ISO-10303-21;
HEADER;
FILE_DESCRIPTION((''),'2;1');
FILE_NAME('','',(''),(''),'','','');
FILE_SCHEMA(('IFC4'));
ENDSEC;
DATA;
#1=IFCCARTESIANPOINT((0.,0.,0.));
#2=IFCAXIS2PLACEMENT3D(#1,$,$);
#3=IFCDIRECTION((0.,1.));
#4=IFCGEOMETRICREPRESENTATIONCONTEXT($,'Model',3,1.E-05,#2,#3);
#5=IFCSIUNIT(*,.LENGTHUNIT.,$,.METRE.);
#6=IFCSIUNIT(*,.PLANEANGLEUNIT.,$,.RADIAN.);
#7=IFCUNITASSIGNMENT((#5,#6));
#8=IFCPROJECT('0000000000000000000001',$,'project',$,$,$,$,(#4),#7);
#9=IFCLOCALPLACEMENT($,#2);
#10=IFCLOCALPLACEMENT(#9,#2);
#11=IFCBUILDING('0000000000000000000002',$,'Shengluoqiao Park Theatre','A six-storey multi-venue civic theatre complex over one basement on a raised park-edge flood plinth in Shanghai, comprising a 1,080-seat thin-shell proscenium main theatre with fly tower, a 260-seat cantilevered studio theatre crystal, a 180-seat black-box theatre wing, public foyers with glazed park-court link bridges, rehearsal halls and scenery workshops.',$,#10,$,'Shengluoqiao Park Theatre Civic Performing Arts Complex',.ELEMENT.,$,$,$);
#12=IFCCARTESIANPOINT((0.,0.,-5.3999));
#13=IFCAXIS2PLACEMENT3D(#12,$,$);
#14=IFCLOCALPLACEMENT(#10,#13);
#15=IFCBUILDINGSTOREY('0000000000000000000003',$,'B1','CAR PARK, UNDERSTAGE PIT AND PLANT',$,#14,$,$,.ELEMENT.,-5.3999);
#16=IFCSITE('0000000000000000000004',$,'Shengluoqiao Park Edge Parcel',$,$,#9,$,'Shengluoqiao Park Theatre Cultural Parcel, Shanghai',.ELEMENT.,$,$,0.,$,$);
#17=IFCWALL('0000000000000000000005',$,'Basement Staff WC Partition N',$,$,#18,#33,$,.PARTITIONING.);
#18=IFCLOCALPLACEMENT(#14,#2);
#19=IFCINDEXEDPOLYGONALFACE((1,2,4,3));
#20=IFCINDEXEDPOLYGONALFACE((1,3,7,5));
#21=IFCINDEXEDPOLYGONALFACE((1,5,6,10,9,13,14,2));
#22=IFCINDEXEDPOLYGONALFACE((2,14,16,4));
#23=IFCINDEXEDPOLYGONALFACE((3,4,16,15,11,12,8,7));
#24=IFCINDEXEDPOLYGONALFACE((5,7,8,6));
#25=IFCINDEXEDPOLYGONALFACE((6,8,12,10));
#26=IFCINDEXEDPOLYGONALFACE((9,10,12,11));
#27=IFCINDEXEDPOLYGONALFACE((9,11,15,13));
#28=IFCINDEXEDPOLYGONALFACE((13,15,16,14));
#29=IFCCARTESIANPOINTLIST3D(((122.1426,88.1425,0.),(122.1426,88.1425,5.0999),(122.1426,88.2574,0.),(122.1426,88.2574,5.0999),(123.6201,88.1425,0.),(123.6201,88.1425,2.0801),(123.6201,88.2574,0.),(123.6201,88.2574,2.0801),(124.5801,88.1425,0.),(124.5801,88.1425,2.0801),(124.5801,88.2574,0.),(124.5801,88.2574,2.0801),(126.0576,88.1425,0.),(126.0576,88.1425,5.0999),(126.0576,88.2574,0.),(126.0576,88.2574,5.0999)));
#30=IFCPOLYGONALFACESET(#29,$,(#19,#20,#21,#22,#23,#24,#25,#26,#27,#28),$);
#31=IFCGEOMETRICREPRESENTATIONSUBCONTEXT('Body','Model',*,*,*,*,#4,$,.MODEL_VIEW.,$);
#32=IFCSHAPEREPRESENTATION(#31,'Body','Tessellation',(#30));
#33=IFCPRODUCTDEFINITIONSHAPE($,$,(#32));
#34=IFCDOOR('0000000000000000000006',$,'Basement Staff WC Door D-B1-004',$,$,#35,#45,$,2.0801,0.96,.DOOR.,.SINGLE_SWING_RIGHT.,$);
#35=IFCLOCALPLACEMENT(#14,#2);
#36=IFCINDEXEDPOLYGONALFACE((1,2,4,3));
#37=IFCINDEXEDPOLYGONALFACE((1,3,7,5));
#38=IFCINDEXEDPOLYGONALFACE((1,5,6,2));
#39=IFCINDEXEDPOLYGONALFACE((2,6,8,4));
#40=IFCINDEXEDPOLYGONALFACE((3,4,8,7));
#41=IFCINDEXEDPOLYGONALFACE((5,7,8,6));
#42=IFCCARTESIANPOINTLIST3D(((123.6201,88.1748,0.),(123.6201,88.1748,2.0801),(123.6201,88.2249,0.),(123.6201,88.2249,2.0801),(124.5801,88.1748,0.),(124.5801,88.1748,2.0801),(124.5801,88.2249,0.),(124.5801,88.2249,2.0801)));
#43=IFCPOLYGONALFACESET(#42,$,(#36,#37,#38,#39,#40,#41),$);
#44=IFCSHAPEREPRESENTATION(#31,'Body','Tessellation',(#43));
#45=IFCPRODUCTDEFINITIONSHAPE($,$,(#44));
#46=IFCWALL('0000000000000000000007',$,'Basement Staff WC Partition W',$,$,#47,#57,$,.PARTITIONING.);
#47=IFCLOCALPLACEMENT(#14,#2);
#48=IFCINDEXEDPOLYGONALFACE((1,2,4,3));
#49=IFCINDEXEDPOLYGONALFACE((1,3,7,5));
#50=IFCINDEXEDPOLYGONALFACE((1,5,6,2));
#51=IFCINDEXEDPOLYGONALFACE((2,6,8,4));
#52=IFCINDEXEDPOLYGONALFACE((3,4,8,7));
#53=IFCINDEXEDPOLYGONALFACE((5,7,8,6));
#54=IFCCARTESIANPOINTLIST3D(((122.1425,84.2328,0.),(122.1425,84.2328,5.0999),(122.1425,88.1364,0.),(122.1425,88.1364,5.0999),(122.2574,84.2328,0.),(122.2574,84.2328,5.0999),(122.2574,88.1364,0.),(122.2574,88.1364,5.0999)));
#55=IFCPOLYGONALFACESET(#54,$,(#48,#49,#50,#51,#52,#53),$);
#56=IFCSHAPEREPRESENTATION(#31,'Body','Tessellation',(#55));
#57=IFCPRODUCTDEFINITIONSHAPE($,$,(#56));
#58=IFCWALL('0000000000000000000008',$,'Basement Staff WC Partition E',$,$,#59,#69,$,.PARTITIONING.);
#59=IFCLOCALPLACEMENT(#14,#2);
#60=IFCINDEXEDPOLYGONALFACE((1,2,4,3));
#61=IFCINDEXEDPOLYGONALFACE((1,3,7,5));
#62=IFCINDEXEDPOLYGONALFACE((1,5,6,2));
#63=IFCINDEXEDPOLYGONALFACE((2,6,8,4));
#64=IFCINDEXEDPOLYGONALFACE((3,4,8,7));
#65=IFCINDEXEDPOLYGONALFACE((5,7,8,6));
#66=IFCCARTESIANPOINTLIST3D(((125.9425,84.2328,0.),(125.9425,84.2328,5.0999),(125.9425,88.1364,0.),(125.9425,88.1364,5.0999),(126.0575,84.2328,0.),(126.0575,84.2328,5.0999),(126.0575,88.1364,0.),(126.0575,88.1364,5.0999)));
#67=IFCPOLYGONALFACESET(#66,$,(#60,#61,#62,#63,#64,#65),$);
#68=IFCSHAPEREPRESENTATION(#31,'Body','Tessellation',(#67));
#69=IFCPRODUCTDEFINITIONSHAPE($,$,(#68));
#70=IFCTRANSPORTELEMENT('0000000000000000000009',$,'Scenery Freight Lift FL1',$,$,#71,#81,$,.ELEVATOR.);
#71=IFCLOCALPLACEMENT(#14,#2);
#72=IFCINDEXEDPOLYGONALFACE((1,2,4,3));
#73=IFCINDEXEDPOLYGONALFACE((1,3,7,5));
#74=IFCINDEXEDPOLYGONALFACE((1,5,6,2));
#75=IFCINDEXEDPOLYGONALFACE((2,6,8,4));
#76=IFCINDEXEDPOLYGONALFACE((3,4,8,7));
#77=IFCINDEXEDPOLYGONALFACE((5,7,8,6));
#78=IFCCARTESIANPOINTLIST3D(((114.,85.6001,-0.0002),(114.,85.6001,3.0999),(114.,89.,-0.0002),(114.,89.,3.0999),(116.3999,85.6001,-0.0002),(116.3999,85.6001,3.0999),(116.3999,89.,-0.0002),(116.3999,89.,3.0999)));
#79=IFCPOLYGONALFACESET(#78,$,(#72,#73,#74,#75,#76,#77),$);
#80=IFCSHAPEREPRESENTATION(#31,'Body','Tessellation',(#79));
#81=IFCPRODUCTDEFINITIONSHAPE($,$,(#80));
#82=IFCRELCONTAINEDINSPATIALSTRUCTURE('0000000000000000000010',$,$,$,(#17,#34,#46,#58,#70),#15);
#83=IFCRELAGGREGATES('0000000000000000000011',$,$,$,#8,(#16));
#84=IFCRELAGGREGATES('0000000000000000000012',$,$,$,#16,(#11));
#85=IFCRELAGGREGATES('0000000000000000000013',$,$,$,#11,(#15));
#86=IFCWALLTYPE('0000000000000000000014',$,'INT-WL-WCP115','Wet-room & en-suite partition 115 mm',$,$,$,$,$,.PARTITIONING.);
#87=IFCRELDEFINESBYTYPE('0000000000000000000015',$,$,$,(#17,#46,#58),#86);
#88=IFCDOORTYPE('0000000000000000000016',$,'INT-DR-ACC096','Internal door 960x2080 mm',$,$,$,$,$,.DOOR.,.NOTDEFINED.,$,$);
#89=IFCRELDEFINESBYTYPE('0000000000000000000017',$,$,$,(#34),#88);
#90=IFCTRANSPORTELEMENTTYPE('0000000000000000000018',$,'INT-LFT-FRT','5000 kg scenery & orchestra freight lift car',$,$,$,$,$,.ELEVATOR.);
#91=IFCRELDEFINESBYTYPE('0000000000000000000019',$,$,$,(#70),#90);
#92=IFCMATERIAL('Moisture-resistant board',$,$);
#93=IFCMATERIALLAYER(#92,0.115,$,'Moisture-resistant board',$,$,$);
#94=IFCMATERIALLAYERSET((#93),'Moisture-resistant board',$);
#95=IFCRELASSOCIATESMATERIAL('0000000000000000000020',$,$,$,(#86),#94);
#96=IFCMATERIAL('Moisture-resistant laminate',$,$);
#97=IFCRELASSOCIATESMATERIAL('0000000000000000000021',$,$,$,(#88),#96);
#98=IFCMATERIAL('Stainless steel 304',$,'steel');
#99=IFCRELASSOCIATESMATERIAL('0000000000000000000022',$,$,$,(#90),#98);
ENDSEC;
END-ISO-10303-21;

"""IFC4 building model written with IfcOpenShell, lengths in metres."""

from ifc_helpers import new_model, si_unit, direction, frame, frame_2d, origin, origin_2d, place, context, subcontext, project, spatial, rectangle, extrude, material, layer, layer_set, type_object, element, fill, save


model = new_model("IFC4")

# Units and contexts
model_context = context("Model", 3, precision=1e-05, world=origin(), true_north=direction((0.0, 1.0)))
body_context = subcontext(model_context, "Body", "Model", "MODEL_VIEW")
ifc_project = project(units=[si_unit("LENGTHUNIT", "METRE"), si_unit("PLANEANGLEUNIT", "RADIAN")], contexts=[model_context])

# Site, building, storey
site_placement = place(None, origin())
site = spatial("IfcSite", under=ifc_project, at=site_placement, Name="Shengluoqiao Park Edge Parcel", LongName="Shengluoqiao Park Theatre Cultural Parcel, Shanghai", CompositionType="ELEMENT", RefElevation=0.0)
building_placement = place(site_placement, origin())
building = spatial("IfcBuilding", under=site, at=building_placement, Name="Shengluoqiao Park Theatre", Description="A six-storey multi-venue civic theatre complex over one basement on a raised park-edge flood plinth in Shanghai, comprising a 1,080-seat thin-shell proscenium main theatre with fly tower, a 260-seat cantilevered studio theatre crystal, a 180-seat black-box theatre wing, public foyers with glazed park-court link bridges, rehearsal halls and scenery workshops.", LongName="Shengluoqiao Park Theatre Civic Performing Arts Complex", CompositionType="ELEMENT")
storey_placement = place(building_placement, frame((0.0, 0.0, -5.3999)))
storey = spatial("IfcBuildingStorey", under=building, at=storey_placement, Name="B1", Description="CAR PARK, UNDERSTAGE PIT AND PLANT", CompositionType="ELEMENT", Elevation=-5.3999)

# Wall, opening, door
ifc_material_1 = material(Name="Stainless steel 304", Category="steel")
ifc_material_2 = material(Name="Moisture-resistant board")
ifc_layer_1 = layer(ifc_material_2, 0.115, Name="Moisture-resistant board")
ifc_layer_set_1 = layer_set([ifc_layer_1], Name="Moisture-resistant board")
wall_type_1 = type_object("IfcWallType", Name="INT-WL-WCP115", Description="Wet-room & en-suite partition 115 mm", PredefinedType="PARTITIONING", material=ifc_layer_set_1)
wall_1_placement = place(storey_placement, frame((122.1426, 88.2, 0.0), z_axis=(0.0, 0.0, 1.0), x_axis=(1.0, 0.0, 0.0)))
wall_1 = element("IfcWall", 1, at=wall_1_placement, inside=storey, type_object=wall_type_1, Name="Basement Staff WC Partition N", PredefinedType="PARTITIONING", context=body_context, shape_type="SweptSolid", body=[
    extrude(rectangle(XDim=3.915, YDim=0.115, at=frame_2d((1.9575, 0.0))), origin(), (0.0, 0.0, 1.0), 5.0999),
])
opening_1_placement = place(wall_1_placement, frame((1.4775, 0.0, 0.0)))
opening_1 = element("IfcOpeningElement", 2, at=opening_1_placement, cuts=wall_1, PredefinedType="OPENING", context=body_context, shape_type="SweptSolid", body=[
    extrude(rectangle(XDim=0.96, YDim=2.0801, at=frame_2d((0.48, 1.04))), frame((0.0, 0.0674, 0.0), z_axis=(0.0, -1.0, 0.0), x_axis=(1.0, 0.0, 0.0)), (0.0, 0.0, 1.0), 0.135),
])
ifc_material_3 = material(Name="Moisture-resistant laminate")
door_type_1 = type_object("IfcDoorType", Name="INT-DR-ACC096", Description="Internal door 960x2080 mm", OperationType="NOTDEFINED", PredefinedType="DOOR", material=ifc_material_3)
door_1_placement = place(opening_1_placement, origin())
door_1 = element("IfcDoor", 3, at=door_1_placement, inside=storey, type_object=door_type_1, Name="Basement Staff WC Door D-B1-004", OperationType="SINGLE_SWING_RIGHT", OverallHeight=2.0801, OverallWidth=0.96, PredefinedType="DOOR", context=body_context, shape_type="SweptSolid", body=[
    extrude(rectangle(XDim=0.96, YDim=2.0801, at=frame_2d((0.48, 1.04))), frame((0.0, 0.0249, 0.0), z_axis=(0.0, -1.0, 0.0), x_axis=(1.0, 0.0, 0.0)), (0.0, 0.0, 1.0), 0.05),
])
fill(opening_1, door_1)

# Walls
for number, where, z_axis, x_axis, name in (
    (4, (122.2, 84.2329, 0.0), (0.0, 0.0, 1.0), (0.0, 1.0, 0.0), "Basement Staff WC Partition W"),
    (5, (126.0, 84.2329, 0.0), (0.0, 0.0, 1.0), (0.0, 1.0, 0.0), "Basement Staff WC Partition E"),
):
    element("IfcWall", number, at=place(storey_placement, frame(where, z_axis=z_axis, x_axis=x_axis)), inside=storey, type_object=wall_type_1, Name=name, PredefinedType="PARTITIONING", context=body_context, shape_type="SweptSolid", body=[
        extrude(rectangle(XDim=3.9036, YDim=0.115, at=frame_2d((1.9517, 0.0))), origin(), (0.0, 0.0, 1.0), 5.0999),
    ])

# Transport element
transport_element_type = type_object("IfcTransportElementType", Name="INT-LFT-FRT", Description="5000 kg scenery & orchestra freight lift car", PredefinedType="ELEVATOR", material=ifc_material_1)
transport_element_placement = place(storey_placement, frame((115.2, 87.3, -0.0002), z_axis=(0.0, 0.0, 1.0), x_axis=(1.0, 0.0, 0.0)))
element("IfcTransportElement", 6, at=transport_element_placement, inside=storey, type_object=transport_element_type, Name="Scenery Freight Lift FL1", PredefinedType="ELEVATOR", context=body_context, shape_type="SweptSolid", body=[
    extrude(rectangle(XDim=2.3999, YDim=3.3999, at=origin_2d()), origin(), (0.0, 0.0, 1.0), 3.1001),
])

save(model, "model.ifc")
